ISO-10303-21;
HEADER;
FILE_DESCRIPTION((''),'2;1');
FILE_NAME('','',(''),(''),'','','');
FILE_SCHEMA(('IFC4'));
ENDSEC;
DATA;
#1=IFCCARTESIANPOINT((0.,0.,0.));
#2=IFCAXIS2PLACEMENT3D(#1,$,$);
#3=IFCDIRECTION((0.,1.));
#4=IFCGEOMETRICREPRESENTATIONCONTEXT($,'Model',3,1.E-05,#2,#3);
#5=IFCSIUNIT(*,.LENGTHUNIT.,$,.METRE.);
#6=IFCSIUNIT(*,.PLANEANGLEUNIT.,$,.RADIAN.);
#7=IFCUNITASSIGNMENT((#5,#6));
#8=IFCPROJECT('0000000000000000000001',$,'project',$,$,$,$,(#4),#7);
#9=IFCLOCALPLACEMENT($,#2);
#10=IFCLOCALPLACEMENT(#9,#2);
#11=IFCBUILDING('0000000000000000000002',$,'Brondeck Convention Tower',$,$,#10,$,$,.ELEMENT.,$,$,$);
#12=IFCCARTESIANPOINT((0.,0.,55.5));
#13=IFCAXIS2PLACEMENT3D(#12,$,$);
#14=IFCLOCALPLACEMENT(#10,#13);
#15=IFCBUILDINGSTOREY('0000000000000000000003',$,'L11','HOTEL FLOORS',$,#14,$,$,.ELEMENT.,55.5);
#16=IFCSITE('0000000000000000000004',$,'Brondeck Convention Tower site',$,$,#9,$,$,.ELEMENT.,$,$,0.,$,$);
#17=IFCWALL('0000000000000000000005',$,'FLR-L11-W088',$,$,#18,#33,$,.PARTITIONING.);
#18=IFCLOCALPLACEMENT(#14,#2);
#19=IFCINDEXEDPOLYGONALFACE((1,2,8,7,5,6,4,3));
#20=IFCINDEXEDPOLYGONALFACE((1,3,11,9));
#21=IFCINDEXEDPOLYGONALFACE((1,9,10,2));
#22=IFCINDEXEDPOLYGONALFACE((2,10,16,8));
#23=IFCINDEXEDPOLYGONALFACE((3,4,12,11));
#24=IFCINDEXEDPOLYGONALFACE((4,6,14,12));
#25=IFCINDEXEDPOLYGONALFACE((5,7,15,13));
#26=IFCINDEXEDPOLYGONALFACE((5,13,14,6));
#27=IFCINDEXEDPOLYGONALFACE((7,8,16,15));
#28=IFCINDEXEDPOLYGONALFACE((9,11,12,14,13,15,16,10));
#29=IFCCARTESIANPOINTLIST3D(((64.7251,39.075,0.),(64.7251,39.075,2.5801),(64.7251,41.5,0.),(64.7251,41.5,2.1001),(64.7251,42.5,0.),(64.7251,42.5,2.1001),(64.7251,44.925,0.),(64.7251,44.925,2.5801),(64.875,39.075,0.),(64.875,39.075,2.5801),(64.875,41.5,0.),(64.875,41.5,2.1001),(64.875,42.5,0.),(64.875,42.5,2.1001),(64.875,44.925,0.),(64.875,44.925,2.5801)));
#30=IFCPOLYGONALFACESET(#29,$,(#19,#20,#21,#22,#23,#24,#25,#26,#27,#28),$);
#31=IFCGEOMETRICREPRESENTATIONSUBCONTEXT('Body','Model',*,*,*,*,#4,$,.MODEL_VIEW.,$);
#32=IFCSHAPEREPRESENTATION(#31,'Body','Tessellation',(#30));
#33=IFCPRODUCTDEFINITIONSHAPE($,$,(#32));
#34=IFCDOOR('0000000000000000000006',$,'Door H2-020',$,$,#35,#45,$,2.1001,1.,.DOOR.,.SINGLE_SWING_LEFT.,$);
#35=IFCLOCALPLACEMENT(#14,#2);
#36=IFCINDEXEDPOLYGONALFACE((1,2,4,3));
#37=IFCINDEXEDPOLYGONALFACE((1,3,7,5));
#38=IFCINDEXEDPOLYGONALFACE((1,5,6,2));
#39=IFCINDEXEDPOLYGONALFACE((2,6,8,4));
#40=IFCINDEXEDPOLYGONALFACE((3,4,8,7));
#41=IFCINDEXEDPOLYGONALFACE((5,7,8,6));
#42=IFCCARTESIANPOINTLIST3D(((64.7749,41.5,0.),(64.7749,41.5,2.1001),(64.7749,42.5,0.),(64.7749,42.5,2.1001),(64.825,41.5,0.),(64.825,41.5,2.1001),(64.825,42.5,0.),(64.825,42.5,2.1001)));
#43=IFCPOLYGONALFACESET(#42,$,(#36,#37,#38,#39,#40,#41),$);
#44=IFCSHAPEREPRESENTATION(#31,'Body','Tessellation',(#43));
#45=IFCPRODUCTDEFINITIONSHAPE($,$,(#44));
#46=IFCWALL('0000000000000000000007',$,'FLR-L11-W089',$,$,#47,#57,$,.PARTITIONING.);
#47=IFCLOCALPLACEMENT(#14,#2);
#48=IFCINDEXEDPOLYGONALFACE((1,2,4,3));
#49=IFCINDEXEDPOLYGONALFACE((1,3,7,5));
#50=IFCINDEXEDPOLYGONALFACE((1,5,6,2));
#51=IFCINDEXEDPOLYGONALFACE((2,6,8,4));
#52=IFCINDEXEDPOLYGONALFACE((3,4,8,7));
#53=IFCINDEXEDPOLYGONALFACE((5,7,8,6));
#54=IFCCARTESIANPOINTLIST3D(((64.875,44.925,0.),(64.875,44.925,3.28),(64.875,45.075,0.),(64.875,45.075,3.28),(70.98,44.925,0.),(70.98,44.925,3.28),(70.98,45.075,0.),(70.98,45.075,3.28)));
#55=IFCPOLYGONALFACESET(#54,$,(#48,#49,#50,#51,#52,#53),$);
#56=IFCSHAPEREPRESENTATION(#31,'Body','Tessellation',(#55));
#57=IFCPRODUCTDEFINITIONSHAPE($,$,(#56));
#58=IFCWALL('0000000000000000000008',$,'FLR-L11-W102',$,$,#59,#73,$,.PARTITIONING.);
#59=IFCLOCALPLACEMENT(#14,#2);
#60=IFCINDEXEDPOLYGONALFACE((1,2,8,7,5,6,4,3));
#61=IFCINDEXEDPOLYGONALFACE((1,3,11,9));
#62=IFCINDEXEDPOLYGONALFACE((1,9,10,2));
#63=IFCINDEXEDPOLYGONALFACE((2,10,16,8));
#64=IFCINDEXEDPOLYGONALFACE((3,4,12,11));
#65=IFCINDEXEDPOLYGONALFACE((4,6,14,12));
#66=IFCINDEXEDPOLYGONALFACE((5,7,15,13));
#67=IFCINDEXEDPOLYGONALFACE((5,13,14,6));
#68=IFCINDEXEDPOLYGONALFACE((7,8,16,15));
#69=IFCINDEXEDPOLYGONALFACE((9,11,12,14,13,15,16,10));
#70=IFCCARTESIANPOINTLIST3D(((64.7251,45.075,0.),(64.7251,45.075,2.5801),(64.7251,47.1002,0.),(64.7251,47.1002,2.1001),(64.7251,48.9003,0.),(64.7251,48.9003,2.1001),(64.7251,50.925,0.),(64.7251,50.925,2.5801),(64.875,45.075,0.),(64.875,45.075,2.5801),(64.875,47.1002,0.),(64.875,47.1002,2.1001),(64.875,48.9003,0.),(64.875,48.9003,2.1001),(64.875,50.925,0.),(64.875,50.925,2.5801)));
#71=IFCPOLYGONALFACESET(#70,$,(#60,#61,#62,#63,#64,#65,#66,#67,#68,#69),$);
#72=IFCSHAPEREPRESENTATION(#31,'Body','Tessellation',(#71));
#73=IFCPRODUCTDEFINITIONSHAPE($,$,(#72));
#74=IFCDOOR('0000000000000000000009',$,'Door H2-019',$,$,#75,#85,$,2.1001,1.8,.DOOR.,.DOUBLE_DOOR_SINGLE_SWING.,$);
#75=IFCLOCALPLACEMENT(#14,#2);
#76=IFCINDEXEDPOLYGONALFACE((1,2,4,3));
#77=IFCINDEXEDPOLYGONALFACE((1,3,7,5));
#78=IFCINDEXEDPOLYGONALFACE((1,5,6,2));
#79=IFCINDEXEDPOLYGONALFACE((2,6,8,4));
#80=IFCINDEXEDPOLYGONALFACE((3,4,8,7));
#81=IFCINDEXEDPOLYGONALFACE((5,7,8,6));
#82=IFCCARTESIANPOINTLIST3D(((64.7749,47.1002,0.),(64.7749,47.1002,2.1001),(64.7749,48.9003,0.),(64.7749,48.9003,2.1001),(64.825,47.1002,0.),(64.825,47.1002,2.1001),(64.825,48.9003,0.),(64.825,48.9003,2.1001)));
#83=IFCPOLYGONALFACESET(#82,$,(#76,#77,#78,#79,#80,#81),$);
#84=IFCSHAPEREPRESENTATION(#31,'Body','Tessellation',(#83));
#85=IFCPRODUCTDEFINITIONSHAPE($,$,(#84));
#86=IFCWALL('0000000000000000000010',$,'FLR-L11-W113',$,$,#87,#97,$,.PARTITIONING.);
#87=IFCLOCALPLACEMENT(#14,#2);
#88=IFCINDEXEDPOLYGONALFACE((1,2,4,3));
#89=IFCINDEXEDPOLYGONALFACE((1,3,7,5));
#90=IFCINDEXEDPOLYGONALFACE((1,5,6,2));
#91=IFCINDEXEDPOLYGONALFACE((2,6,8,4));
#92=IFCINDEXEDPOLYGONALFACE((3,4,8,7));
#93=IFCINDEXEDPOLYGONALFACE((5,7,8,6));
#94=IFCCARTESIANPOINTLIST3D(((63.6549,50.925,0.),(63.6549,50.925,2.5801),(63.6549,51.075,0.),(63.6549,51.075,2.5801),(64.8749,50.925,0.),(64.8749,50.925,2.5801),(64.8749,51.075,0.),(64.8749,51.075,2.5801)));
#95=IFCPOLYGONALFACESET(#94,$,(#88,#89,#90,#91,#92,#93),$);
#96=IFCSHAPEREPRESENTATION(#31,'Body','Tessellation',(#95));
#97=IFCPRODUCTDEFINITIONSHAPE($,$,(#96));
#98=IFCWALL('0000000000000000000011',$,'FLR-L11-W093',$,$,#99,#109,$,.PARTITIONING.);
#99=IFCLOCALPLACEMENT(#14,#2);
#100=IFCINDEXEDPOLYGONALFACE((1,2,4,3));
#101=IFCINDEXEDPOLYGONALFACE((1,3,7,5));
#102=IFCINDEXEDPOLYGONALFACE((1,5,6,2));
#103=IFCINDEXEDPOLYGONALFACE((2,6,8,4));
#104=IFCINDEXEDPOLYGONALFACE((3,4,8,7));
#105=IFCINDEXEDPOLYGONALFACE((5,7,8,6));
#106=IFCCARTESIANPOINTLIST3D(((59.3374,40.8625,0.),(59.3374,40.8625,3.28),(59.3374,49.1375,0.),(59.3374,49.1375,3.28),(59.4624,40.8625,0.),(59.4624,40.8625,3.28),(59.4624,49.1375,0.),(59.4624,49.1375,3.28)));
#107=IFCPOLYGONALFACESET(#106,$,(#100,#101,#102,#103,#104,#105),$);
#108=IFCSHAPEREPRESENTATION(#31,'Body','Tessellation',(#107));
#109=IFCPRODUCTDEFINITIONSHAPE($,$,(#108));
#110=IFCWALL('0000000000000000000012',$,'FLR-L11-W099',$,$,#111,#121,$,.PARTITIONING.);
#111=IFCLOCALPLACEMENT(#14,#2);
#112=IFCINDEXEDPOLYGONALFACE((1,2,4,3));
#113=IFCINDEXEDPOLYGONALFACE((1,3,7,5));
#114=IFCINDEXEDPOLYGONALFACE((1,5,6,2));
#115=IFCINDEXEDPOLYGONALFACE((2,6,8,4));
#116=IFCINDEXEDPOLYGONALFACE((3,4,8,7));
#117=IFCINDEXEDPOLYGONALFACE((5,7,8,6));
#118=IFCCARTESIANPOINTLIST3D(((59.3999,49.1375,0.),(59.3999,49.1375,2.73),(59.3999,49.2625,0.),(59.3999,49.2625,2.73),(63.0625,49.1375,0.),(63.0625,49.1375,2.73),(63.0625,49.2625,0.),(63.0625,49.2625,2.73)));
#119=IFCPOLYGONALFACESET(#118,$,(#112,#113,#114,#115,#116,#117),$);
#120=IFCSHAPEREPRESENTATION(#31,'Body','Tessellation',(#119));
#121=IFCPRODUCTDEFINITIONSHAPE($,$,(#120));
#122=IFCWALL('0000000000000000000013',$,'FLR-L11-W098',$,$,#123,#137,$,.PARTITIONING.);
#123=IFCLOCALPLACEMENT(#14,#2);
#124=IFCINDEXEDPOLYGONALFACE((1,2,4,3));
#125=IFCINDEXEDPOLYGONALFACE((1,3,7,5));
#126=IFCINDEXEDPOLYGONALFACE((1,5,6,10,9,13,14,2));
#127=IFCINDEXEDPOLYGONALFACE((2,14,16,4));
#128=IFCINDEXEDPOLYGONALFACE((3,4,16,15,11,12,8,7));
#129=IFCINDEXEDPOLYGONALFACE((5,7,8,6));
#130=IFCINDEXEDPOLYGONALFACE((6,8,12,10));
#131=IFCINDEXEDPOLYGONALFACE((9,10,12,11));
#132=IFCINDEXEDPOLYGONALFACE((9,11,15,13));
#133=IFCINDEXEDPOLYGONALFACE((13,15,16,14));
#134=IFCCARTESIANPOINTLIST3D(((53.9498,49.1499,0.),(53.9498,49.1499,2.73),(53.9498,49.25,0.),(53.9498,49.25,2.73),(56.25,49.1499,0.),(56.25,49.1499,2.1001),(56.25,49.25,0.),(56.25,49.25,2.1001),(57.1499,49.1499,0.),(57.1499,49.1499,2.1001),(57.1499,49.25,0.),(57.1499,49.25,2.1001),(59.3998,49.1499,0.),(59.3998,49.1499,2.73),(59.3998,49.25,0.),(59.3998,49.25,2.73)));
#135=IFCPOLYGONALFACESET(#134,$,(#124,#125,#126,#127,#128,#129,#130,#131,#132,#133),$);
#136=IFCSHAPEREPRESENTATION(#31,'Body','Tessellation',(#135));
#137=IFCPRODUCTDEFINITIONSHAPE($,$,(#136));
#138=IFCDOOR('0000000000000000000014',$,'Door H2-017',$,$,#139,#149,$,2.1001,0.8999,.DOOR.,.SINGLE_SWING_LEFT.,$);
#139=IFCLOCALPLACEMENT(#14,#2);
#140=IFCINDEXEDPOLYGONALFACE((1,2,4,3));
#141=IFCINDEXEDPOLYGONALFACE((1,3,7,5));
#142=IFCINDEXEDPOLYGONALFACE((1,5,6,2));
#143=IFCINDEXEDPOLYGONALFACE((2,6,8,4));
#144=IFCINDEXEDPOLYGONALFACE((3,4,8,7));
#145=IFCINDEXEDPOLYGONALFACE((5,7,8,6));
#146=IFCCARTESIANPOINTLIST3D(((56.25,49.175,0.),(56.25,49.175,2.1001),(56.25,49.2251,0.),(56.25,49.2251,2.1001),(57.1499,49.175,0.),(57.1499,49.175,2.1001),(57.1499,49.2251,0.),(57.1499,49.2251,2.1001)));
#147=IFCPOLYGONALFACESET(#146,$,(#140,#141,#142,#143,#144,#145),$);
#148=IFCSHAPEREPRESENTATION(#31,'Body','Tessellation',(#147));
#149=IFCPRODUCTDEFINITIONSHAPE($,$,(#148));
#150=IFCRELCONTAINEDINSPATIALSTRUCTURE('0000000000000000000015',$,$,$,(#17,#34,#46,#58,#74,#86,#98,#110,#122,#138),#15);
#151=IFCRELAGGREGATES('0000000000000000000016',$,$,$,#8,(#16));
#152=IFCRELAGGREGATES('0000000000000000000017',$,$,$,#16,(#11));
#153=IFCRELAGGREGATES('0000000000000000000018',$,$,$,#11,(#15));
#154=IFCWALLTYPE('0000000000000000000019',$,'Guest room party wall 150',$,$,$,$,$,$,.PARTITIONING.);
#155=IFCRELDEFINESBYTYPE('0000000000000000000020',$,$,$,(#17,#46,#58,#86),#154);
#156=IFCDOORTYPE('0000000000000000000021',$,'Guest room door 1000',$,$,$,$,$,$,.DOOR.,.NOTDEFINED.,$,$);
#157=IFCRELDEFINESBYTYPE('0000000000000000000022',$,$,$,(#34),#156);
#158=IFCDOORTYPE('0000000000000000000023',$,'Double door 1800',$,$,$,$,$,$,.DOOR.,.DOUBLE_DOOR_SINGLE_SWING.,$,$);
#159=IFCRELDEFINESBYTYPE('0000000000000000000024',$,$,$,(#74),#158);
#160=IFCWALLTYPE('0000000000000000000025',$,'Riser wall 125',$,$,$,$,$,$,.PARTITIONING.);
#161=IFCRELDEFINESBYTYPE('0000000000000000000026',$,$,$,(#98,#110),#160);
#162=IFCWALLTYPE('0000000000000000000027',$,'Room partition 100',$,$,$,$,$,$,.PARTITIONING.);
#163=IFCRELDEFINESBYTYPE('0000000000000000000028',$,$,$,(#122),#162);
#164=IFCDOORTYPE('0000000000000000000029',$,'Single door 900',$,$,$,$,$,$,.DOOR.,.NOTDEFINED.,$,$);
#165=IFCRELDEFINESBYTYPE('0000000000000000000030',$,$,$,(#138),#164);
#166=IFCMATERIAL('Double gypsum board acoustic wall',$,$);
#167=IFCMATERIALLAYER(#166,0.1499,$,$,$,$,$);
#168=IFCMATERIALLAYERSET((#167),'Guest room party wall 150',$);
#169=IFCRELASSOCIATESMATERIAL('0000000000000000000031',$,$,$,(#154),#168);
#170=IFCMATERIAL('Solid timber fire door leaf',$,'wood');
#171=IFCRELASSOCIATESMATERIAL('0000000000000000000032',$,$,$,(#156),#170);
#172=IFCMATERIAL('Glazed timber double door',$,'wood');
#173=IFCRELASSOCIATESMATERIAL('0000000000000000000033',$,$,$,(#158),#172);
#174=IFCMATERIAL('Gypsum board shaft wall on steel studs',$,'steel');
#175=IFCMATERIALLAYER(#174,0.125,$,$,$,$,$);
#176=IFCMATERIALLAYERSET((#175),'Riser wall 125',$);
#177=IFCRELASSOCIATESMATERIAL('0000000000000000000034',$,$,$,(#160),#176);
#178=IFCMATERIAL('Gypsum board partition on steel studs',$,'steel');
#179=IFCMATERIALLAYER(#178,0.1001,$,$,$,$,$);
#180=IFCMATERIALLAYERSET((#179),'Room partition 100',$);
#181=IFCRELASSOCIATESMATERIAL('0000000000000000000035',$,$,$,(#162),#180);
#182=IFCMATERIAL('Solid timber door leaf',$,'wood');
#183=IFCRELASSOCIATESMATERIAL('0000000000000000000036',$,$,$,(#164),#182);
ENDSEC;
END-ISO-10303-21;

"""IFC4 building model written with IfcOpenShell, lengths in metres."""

from ifc_helpers import new_model, si_unit, direction, frame, frame_2d, origin, place, context, subcontext, project, spatial, rectangle, extrude, material, layer, layer_set, type_object, element, fill, save


model = new_model("IFC4")

# Units and contexts
model_context = context("Model", 3, precision=1e-05, world=origin(), true_north=direction((0.0, 1.0)))
body_context = subcontext(model_context, "Body", "Model", "MODEL_VIEW")
ifc_project = project(units=[si_unit("LENGTHUNIT", "METRE"), si_unit("PLANEANGLEUNIT", "RADIAN")], contexts=[model_context])

# Site, building, storey
site_placement = place(None, origin())
site = spatial("IfcSite", under=ifc_project, at=site_placement, Name="Brondeck Convention Tower site", CompositionType="ELEMENT", RefElevation=0.0)
building_placement = place(site_placement, origin())
building = spatial("IfcBuilding", under=site, at=building_placement, Name="Brondeck Convention Tower", CompositionType="ELEMENT")
storey_placement = place(building_placement, frame((0.0, 0.0, 55.5)))
storey = spatial("IfcBuildingStorey", under=building, at=storey_placement, Name="L11", Description="HOTEL FLOORS", CompositionType="ELEMENT", Elevation=55.5)

# Wall, opening, door
ifc_material_1 = material(Name="Double gypsum board acoustic wall")
ifc_layer_1 = layer(ifc_material_1, 0.1499)
ifc_layer_set_1 = layer_set([ifc_layer_1], Name="Guest room party wall 150")
wall_type_1 = type_object("IfcWallType", Name="Guest room party wall 150", PredefinedType="PARTITIONING", material=ifc_layer_set_1)
wall_1_placement = place(storey_placement, frame((64.8, 44.925, 0.0), z_axis=(0.0, 0.0, 1.0), x_axis=(0.0, -1.0, 0.0)))
wall_1 = element("IfcWall", 1, at=wall_1_placement, inside=storey, type_object=wall_type_1, Name="FLR-L11-W088", PredefinedType="PARTITIONING", context=body_context, shape_type="SweptSolid", body=[
    extrude(rectangle(XDim=5.8501, YDim=0.1499, at=frame_2d((2.925, 0.0))), origin(), (0.0, 0.0, 1.0), 2.5801),
])
opening_1_placement = place(wall_1_placement, frame((2.425, 0.0, 0.0)))
opening_1 = element("IfcOpeningElement", 2, at=opening_1_placement, cuts=wall_1, PredefinedType="OPENING", context=body_context, shape_type="SweptSolid", body=[
    extrude(rectangle(XDim=1.0, YDim=2.1001, at=frame_2d((0.5, 1.05))), frame((0.0, 0.085, 0.0), z_axis=(0.0, -1.0, 0.0), x_axis=(1.0, 0.0, 0.0)), (0.0, 0.0, 1.0), 0.1699),
])
ifc_material_2 = material(Name="Solid timber fire door leaf", Category="wood")
door_type_1 = type_object("IfcDoorType", Name="Guest room door 1000", OperationType="NOTDEFINED", PredefinedType="DOOR", material=ifc_material_2)
door_1_placement = place(opening_1_placement, origin())
door_1 = element("IfcDoor", 3, at=door_1_placement, inside=storey, type_object=door_type_1, Name="Door H2-020", OperationType="SINGLE_SWING_LEFT", OverallHeight=2.1001, OverallWidth=1.0, PredefinedType="DOOR", context=body_context, shape_type="SweptSolid", body=[
    extrude(rectangle(XDim=1.0, YDim=2.1001, at=frame_2d((0.5, 1.05))), frame((0.0, 0.0249, 0.0), z_axis=(0.0, -1.0, 0.0), x_axis=(1.0, 0.0, 0.0)), (0.0, 0.0, 1.0), 0.05),
])
fill(opening_1, door_1)

# Wall
wall_2_placement = place(storey_placement, frame((70.98, 45.0, 0.0), z_axis=(0.0, 0.0, 1.0), x_axis=(-1.0, 0.0, 0.0)))
element("IfcWall", 4, at=wall_2_placement, inside=storey, type_object=wall_type_1, Name="FLR-L11-W089", PredefinedType="PARTITIONING", context=body_context, shape_type="SweptSolid", body=[
    extrude(rectangle(XDim=6.105, YDim=0.1499, at=frame_2d((3.0525, 0.0))), origin(), (0.0, 0.0, 1.0), 3.28),
])

# Wall, opening, door
wall_3_placement = place(storey_placement, frame((64.8, 50.925, 0.0), z_axis=(0.0, 0.0, 1.0), x_axis=(0.0, -1.0, 0.0)))
wall_3 = element("IfcWall", 5, at=wall_3_placement, inside=storey, type_object=wall_type_1, Name="FLR-L11-W102", PredefinedType="PARTITIONING", context=body_context, shape_type="SweptSolid", body=[
    extrude(rectangle(XDim=5.8501, YDim=0.1499, at=frame_2d((2.925, 0.0))), origin(), (0.0, 0.0, 1.0), 2.5801),
])
opening_2_placement = place(wall_3_placement, frame((2.0249, 0.0, 0.0)))
opening_2 = element("IfcOpeningElement", 6, at=opening_2_placement, cuts=wall_3, PredefinedType="OPENING", context=body_context, shape_type="SweptSolid", body=[
    extrude(rectangle(XDim=1.8, YDim=2.1001, at=frame_2d((0.8999, 1.05))), frame((0.0, 0.085, 0.0), z_axis=(0.0, -1.0, 0.0), x_axis=(1.0, 0.0, 0.0)), (0.0, 0.0, 1.0), 0.1699),
])
ifc_material_3 = material(Name="Glazed timber double door", Category="wood")
door_type_2 = type_object("IfcDoorType", Name="Double door 1800", OperationType="DOUBLE_DOOR_SINGLE_SWING", PredefinedType="DOOR", material=ifc_material_3)
door_2_placement = place(opening_2_placement, origin())
door_2 = element("IfcDoor", 7, at=door_2_placement, inside=storey, type_object=door_type_2, Name="Door H2-019", OperationType="DOUBLE_DOOR_SINGLE_SWING", OverallHeight=2.1001, OverallWidth=1.8, PredefinedType="DOOR", context=body_context, shape_type="SweptSolid", body=[
    extrude(rectangle(XDim=1.8, YDim=2.1001, at=frame_2d((0.8999, 1.05))), frame((0.0, 0.0249, 0.0), z_axis=(0.0, -1.0, 0.0), x_axis=(1.0, 0.0, 0.0)), (0.0, 0.0, 1.0), 0.05),
])
fill(opening_2, door_2)

# Walls
wall_4_placement = place(storey_placement, frame((63.655, 51.0, 0.0), z_axis=(0.0, 0.0, 1.0), x_axis=(1.0, 0.0, 0.0)))
element("IfcWall", 8, at=wall_4_placement, inside=storey, type_object=wall_type_1, Name="FLR-L11-W113", PredefinedType="PARTITIONING", context=body_context, shape_type="SweptSolid", body=[
    extrude(rectangle(XDim=1.22, YDim=0.1499, at=frame_2d((0.6099, 0.0))), origin(), (0.0, 0.0, 1.0), 2.5801),
])
ifc_material_4 = material(Name="Gypsum board shaft wall on steel studs", Category="steel")
ifc_layer_2 = layer(ifc_material_4, 0.125)
ifc_layer_set_2 = layer_set([ifc_layer_2], Name="Riser wall 125")
wall_type_2 = type_object("IfcWallType", Name="Riser wall 125", PredefinedType="PARTITIONING", material=ifc_layer_set_2)
wall_5_placement = place(storey_placement, frame((59.3999, 49.1375, 0.0), z_axis=(0.0, 0.0, 1.0), x_axis=(0.0, -1.0, 0.0)))
element("IfcWall", 9, at=wall_5_placement, inside=storey, type_object=wall_type_2, Name="FLR-L11-W093", PredefinedType="PARTITIONING", context=body_context, shape_type="SweptSolid", body=[
    extrude(rectangle(XDim=8.2749, YDim=0.125, at=frame_2d((4.1375, 0.0))), origin(), (0.0, 0.0, 1.0), 3.28),
])
wall_6_placement = place(storey_placement, frame((63.0625, 49.2, 0.0), z_axis=(0.0, 0.0, 1.0), x_axis=(-1.0, 0.0, 0.0)))
element("IfcWall", 10, at=wall_6_placement, inside=storey, type_object=wall_type_2, Name="FLR-L11-W099", PredefinedType="PARTITIONING", context=body_context, shape_type="SweptSolid", body=[
    extrude(rectangle(XDim=3.6626, YDim=0.125, at=frame_2d((1.8313, 0.0))), origin(), (0.0, 0.0, 1.0), 2.73),
])

# Wall, opening, door
ifc_material_5 = material(Name="Gypsum board partition on steel studs", Category="steel")
ifc_layer_3 = layer(ifc_material_5, 0.1001)
ifc_layer_set_3 = layer_set([ifc_layer_3], Name="Room partition 100")
wall_type_3 = type_object("IfcWallType", Name="Room partition 100", PredefinedType="PARTITIONING", material=ifc_layer_set_3)
wall_7_placement = place(storey_placement, frame((59.3999, 49.2, 0.0), z_axis=(0.0, 0.0, 1.0), x_axis=(-1.0, 0.0, 0.0)))
wall_7 = element("IfcWall", 11, at=wall_7_placement, inside=storey, type_object=wall_type_3, Name="FLR-L11-W098", PredefinedType="PARTITIONING", context=body_context, shape_type="SweptSolid", body=[
    extrude(rectangle(XDim=5.45, YDim=0.1001, at=frame_2d((2.7251, 0.0))), origin(), (0.0, 0.0, 1.0), 2.73),
])
opening_3_placement = place(wall_7_placement, frame((2.25, 0.0, 0.0)))
opening_3 = element("IfcOpeningElement", 12, at=opening_3_placement, cuts=wall_7, PredefinedType="OPENING", context=body_context, shape_type="SweptSolid", body=[
    extrude(rectangle(XDim=0.8999, YDim=2.1001, at=frame_2d((0.45, 1.05))), frame((0.0, 0.0601, 0.0), z_axis=(0.0, -1.0, 0.0), x_axis=(1.0, 0.0, 0.0)), (0.0, 0.0, 1.0), 0.1201),
])
ifc_material_6 = material(Name="Solid timber door leaf", Category="wood")
door_type_3 = type_object("IfcDoorType", Name="Single door 900", OperationType="NOTDEFINED", PredefinedType="DOOR", material=ifc_material_6)
door_3_placement = place(opening_3_placement, origin())
door_3 = element("IfcDoor", 13, at=door_3_placement, inside=storey, type_object=door_type_3, Name="Door H2-017", OperationType="SINGLE_SWING_LEFT", OverallHeight=2.1001, OverallWidth=0.8999, PredefinedType="DOOR", context=body_context, shape_type="SweptSolid", body=[
    extrude(rectangle(XDim=0.8999, YDim=2.1001, at=frame_2d((0.45, 1.05))), frame((0.0, 0.0249, 0.0), z_axis=(0.0, -1.0, 0.0), x_axis=(1.0, 0.0, 0.0)), (0.0, 0.0, 1.0), 0.05),
])
fill(opening_3, door_3)

save(model, "model.ifc")
